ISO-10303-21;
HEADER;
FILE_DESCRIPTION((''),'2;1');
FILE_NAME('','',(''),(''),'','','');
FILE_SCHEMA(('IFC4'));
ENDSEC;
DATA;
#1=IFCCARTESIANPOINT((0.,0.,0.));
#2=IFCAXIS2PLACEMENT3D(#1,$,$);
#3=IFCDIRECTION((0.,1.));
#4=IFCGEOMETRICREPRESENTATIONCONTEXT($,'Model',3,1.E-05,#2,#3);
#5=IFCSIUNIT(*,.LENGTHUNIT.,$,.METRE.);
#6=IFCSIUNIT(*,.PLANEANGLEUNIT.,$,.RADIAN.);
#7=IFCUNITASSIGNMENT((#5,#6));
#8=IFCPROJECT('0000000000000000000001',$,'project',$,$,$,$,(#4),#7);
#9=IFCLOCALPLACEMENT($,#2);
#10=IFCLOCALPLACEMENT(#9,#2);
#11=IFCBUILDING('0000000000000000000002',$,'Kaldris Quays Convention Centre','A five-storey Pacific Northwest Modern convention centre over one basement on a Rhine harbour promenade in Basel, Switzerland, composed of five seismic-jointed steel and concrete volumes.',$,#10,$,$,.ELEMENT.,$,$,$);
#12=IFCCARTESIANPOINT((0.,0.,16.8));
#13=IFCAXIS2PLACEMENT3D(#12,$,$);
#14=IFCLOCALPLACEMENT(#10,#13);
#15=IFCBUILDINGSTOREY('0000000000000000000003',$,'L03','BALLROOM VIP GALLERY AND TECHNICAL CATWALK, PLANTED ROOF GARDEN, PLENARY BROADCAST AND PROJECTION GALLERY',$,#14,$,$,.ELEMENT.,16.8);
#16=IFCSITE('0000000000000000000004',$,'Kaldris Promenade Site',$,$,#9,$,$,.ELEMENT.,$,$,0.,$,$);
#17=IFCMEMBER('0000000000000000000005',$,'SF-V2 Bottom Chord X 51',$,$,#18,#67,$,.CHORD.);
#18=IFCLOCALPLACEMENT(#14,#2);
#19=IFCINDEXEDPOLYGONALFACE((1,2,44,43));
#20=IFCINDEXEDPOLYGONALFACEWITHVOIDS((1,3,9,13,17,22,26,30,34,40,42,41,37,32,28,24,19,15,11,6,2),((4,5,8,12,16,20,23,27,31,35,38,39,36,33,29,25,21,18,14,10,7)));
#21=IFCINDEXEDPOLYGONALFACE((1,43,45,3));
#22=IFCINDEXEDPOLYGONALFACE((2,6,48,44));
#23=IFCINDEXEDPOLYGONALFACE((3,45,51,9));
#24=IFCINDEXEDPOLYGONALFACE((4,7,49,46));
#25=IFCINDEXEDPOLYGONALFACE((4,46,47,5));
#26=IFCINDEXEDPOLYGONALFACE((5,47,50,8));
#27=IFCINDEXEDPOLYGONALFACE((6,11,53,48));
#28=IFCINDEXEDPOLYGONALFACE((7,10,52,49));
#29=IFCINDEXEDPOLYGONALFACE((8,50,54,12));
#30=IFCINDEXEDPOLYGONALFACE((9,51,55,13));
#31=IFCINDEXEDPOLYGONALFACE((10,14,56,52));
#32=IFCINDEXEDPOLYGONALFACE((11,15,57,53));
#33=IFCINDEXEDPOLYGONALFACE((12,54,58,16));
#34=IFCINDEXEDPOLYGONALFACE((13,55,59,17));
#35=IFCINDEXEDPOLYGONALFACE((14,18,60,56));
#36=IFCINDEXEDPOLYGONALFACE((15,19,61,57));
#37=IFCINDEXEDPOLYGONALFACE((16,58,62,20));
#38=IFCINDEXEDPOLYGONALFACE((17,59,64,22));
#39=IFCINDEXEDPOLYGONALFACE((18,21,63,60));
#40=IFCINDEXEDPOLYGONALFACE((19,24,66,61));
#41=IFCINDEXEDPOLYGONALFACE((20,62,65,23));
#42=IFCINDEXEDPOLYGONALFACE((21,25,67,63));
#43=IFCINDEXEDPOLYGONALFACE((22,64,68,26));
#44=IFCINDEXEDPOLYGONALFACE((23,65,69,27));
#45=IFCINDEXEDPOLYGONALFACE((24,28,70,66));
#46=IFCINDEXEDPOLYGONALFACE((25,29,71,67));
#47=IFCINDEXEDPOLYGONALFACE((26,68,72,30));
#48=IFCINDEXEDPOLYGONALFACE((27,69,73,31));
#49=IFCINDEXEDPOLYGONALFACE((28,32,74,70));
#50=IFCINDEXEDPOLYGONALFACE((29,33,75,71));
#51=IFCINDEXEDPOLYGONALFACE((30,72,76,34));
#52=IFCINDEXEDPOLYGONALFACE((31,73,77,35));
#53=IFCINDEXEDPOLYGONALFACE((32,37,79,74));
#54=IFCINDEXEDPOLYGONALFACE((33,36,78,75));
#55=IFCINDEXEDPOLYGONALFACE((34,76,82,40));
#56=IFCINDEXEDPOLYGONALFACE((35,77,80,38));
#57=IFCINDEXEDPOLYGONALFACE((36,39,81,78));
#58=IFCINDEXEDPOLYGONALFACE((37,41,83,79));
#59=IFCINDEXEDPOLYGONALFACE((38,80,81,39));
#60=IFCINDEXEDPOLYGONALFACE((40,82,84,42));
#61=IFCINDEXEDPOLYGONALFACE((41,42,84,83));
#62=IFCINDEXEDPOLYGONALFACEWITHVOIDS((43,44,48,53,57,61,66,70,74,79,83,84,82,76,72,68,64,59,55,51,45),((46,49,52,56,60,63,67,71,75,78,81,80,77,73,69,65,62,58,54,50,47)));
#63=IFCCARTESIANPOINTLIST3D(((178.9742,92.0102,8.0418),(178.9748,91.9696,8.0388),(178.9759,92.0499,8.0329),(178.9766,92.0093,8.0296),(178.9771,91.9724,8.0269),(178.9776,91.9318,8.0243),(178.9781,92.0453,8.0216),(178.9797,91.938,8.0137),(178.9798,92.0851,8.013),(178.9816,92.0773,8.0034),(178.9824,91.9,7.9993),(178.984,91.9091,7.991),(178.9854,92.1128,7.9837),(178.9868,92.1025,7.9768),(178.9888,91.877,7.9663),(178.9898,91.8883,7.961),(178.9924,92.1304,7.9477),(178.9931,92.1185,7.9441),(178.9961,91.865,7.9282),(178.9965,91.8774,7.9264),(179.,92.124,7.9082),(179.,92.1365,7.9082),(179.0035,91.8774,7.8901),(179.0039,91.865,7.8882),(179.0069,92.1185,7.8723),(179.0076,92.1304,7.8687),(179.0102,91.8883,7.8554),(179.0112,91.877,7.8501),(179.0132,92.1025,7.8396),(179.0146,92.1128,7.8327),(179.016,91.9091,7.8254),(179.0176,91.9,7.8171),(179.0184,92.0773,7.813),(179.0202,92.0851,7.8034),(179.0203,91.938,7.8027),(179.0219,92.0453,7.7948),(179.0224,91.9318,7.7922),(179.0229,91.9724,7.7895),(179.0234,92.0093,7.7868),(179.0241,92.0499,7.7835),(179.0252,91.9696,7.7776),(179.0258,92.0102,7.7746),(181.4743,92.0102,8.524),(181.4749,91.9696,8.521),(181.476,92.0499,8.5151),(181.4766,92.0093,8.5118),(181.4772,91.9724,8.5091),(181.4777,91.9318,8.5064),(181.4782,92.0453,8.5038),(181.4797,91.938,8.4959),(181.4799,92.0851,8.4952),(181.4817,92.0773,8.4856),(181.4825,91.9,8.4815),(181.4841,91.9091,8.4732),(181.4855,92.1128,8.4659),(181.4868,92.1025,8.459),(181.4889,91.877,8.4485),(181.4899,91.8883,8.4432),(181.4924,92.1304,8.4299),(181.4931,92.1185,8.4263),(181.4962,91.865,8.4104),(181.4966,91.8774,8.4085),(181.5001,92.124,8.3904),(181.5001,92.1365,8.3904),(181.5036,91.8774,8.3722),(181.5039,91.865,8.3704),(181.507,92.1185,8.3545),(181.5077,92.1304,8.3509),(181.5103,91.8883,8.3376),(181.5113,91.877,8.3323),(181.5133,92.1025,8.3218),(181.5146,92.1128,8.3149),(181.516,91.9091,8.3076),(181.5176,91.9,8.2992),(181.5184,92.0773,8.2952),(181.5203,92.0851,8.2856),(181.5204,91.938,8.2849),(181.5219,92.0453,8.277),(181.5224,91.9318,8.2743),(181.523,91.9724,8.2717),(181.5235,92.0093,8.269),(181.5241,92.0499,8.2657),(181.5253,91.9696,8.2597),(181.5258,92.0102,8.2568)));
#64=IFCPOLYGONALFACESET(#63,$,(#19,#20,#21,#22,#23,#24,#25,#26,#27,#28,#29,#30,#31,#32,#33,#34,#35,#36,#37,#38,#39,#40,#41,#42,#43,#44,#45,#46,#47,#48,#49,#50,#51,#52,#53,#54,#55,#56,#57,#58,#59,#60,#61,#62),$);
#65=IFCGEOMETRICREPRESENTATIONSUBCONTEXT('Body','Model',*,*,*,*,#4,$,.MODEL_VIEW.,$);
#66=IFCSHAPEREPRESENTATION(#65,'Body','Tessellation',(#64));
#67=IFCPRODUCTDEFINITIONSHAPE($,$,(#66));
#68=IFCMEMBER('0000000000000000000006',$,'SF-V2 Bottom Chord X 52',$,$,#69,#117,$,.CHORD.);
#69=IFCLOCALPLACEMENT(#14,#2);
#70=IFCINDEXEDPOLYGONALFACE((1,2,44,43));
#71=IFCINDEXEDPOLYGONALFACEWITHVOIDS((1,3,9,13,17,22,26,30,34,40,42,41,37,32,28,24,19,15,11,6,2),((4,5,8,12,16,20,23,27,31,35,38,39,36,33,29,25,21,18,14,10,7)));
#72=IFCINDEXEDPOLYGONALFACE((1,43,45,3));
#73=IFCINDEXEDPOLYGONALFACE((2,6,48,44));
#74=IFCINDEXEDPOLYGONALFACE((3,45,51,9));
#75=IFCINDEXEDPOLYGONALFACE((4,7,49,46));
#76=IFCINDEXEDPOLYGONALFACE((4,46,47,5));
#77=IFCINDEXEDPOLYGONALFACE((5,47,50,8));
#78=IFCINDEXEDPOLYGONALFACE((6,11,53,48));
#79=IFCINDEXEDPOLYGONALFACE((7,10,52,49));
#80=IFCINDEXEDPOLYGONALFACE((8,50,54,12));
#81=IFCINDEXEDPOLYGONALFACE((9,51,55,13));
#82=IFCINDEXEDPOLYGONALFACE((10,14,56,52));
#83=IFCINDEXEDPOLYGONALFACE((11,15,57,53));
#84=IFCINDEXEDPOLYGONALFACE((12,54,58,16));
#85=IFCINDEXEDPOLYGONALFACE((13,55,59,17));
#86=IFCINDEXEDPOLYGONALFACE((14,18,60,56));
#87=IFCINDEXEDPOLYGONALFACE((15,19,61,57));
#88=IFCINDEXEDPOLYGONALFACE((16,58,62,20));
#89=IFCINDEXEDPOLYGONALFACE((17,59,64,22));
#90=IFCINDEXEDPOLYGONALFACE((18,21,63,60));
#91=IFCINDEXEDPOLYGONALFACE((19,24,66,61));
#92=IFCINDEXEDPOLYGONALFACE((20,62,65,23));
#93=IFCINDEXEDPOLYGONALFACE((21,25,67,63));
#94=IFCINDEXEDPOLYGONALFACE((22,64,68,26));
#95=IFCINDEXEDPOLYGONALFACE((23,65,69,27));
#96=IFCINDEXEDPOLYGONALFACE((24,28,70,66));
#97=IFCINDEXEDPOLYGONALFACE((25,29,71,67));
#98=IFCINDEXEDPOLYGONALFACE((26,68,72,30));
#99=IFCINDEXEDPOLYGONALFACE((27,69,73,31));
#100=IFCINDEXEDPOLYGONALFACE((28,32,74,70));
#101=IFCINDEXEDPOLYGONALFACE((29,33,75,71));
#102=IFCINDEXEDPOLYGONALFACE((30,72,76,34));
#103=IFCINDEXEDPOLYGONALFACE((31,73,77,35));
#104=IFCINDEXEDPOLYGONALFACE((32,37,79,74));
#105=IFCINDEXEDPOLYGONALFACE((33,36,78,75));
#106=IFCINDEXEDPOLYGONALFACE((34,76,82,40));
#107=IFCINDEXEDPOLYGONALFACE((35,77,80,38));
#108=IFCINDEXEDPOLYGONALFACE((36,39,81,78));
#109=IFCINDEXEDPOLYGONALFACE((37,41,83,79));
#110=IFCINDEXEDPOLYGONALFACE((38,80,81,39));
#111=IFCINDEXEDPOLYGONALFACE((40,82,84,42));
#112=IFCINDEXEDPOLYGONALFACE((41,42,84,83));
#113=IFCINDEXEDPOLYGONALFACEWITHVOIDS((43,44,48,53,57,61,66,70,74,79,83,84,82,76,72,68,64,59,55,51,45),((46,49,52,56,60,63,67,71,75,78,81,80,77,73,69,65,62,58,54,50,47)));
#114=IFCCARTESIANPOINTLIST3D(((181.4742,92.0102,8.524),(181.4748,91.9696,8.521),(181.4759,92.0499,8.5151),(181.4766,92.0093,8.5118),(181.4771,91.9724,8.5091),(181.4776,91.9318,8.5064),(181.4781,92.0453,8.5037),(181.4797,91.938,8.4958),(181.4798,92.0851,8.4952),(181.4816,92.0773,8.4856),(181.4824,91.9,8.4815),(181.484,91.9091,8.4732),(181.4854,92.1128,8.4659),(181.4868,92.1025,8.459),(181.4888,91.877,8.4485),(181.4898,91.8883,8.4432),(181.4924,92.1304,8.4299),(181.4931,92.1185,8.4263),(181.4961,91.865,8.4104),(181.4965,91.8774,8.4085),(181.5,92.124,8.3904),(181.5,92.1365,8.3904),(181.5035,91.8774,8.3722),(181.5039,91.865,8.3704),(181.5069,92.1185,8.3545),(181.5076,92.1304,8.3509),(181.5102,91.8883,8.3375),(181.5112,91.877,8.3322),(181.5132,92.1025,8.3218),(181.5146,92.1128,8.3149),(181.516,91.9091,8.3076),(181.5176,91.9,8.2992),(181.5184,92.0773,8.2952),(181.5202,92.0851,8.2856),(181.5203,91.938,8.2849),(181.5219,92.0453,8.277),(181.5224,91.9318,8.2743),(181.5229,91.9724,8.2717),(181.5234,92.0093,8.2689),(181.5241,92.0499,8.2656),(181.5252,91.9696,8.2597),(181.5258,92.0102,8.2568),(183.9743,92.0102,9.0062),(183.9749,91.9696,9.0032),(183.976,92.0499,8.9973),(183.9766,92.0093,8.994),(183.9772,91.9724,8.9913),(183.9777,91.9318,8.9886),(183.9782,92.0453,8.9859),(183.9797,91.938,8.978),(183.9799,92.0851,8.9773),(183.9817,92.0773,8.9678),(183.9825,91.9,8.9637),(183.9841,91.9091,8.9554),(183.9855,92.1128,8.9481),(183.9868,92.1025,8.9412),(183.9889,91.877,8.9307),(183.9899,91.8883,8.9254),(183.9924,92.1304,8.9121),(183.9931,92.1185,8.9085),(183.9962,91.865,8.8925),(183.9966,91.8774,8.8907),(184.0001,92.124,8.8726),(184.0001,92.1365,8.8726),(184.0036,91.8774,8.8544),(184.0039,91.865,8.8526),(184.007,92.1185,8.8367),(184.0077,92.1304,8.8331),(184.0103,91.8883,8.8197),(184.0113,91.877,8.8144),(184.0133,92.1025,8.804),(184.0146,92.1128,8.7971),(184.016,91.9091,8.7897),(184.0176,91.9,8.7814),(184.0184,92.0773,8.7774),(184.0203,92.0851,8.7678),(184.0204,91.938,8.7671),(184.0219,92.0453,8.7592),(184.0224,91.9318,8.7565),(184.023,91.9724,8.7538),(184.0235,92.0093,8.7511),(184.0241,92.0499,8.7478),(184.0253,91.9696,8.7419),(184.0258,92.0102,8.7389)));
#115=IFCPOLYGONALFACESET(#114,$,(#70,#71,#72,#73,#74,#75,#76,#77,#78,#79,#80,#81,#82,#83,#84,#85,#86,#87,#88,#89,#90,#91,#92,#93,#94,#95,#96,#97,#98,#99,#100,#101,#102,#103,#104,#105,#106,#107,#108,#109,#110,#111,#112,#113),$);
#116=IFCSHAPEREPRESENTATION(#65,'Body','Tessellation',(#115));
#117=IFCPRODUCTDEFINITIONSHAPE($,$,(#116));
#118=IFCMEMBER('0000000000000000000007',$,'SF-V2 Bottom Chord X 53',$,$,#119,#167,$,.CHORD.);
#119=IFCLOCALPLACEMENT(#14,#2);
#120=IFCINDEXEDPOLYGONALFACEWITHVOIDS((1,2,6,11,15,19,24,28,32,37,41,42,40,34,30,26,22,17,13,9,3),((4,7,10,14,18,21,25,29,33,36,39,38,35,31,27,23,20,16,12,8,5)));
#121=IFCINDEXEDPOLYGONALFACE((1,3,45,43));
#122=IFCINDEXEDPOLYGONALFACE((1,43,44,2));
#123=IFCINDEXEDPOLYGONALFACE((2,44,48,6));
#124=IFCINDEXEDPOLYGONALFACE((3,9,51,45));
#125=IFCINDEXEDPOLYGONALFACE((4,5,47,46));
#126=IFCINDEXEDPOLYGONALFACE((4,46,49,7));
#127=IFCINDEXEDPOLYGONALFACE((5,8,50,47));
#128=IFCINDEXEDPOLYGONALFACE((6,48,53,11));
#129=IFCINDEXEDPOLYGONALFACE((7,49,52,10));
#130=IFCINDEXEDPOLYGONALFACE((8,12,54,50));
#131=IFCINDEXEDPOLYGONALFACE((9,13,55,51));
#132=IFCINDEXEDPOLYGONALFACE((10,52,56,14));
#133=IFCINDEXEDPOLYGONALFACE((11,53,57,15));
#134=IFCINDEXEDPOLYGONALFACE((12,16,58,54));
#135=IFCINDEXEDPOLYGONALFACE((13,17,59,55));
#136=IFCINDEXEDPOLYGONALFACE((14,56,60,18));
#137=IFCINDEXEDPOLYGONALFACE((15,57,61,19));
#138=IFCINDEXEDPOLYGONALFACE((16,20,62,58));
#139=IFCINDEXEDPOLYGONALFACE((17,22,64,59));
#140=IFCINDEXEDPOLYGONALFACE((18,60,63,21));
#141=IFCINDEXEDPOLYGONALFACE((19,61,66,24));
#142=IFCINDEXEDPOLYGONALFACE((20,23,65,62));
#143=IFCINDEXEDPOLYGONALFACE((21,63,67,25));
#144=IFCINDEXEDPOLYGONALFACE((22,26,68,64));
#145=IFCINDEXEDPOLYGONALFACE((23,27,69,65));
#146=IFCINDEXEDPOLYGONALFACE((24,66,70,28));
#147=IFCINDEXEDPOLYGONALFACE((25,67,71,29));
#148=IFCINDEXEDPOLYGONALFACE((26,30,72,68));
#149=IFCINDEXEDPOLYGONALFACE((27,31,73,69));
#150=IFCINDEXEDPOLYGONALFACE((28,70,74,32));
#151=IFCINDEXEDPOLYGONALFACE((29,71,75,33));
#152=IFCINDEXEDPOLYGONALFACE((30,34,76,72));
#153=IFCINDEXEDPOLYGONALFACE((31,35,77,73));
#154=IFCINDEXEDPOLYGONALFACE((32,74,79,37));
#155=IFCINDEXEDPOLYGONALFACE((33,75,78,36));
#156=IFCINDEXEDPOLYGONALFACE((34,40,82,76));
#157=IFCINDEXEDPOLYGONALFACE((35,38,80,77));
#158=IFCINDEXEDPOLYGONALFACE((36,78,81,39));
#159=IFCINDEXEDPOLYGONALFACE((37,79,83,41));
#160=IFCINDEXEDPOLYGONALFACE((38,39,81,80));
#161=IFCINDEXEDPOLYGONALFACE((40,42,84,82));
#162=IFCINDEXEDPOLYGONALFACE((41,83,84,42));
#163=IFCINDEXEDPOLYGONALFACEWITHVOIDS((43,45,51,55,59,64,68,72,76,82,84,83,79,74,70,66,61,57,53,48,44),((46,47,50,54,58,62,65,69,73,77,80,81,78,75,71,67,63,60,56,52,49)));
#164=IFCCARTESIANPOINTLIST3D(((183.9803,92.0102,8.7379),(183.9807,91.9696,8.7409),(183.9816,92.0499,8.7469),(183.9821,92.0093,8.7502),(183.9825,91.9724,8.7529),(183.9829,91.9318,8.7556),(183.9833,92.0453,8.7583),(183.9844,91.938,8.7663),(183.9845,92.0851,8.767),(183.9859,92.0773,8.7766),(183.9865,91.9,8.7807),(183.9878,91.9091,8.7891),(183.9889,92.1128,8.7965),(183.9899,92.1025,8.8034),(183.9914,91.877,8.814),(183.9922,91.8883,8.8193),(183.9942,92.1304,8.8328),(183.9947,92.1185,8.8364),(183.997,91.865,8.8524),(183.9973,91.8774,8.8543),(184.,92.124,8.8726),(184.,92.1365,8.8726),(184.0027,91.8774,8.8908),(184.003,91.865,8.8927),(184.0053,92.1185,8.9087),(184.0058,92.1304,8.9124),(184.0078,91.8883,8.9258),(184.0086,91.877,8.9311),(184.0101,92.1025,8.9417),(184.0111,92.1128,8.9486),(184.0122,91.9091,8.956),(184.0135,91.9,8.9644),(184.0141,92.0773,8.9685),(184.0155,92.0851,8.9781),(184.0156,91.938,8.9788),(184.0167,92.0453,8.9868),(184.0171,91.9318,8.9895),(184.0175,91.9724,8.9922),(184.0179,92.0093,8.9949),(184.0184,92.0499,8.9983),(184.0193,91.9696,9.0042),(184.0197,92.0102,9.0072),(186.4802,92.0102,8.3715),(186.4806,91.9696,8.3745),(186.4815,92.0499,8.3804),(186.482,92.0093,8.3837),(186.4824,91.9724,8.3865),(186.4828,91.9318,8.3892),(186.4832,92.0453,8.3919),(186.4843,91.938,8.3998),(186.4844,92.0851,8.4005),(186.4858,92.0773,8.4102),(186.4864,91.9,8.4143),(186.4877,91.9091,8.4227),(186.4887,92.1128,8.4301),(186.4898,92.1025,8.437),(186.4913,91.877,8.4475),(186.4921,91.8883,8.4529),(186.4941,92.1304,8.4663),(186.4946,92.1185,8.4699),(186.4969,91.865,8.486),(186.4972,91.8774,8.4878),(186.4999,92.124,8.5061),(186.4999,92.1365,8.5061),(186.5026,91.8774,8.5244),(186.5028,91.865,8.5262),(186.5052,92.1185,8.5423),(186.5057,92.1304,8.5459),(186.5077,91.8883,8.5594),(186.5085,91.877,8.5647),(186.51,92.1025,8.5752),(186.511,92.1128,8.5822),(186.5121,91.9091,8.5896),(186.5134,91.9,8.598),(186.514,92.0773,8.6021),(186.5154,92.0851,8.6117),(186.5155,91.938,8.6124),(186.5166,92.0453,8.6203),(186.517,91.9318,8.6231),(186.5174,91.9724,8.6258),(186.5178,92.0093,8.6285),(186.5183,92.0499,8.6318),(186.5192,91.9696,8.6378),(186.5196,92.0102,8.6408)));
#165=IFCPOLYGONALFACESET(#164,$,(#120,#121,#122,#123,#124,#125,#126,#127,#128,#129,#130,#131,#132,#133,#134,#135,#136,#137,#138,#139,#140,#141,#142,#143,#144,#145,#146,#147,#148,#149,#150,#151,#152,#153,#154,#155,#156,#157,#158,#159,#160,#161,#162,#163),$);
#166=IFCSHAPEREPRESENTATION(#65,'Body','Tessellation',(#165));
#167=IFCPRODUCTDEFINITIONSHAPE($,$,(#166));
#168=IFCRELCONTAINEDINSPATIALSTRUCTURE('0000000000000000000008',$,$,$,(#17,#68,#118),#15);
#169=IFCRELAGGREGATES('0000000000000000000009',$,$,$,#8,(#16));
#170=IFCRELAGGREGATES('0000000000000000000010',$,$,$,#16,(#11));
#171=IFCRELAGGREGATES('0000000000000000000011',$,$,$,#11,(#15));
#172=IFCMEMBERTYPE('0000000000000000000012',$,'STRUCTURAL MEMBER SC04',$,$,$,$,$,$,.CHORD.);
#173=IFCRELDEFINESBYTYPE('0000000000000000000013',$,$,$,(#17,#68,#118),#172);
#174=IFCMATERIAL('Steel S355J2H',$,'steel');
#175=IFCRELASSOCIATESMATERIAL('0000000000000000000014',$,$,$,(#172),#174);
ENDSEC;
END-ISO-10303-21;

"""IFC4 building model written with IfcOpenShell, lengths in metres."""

from ifc_helpers import new_model, si_unit, direction, frame, origin, origin_2d, place, context, subcontext, project, spatial, hollow_circle, extrude, material, material_profile, profile_set, type_object, element, save


model = new_model("IFC4")

# Units and contexts
model_context = context("Model", 3, precision=1e-05, world=origin(), true_north=direction((0.0, 1.0)))
body_context = subcontext(model_context, "Body", "Model", "MODEL_VIEW")
ifc_project = project(units=[si_unit("LENGTHUNIT", "METRE"), si_unit("PLANEANGLEUNIT", "RADIAN")], contexts=[model_context])

# Site, building, storey
site_placement = place(None, origin())
site = spatial("IfcSite", under=ifc_project, at=site_placement, Name="Kaldris Promenade Site", CompositionType="ELEMENT", RefElevation=0.0)
building_placement = place(site_placement, origin())
building = spatial("IfcBuilding", under=site, at=building_placement, Name="Kaldris Quays Convention Centre", Description="A five-storey Pacific Northwest Modern convention centre over one basement on a Rhine harbour promenade in Basel, Switzerland, composed of five seismic-jointed steel and concrete volumes.", CompositionType="ELEMENT")
storey_placement = place(building_placement, frame((0.0, 0.0, 16.8)))
storey = spatial("IfcBuildingStorey", under=building, at=storey_placement, Name="L03", Description="BALLROOM VIP GALLERY AND TECHNICAL CATWALK, PLANTED ROOF GARDEN, PLENARY BROADCAST AND PROJECTION GALLERY", CompositionType="ELEMENT", Elevation=16.8)

# Members
ifc_material_1 = material(Name="Steel S355J2H", Category="steel")
ifc_material_profile_1 = material_profile(ifc_material_1, hollow_circle(Radius=0.1365, WallThickness=0.0125, at=origin_2d()), Name="CHS 273x12.5")
ifc_profile_set_1 = profile_set([ifc_material_profile_1], Name="Steel S355J2H")
member_type_1 = type_object("IfcMemberType", Name="STRUCTURAL MEMBER SC04", PredefinedType="CHORD", material=ifc_profile_set_1)
for number, where, z_axis, x_axis, name in (
    (1, (179.0, 92.0, 7.9082), (0.981904, 0.0, 0.189381), (0.0, 1.0, 0.0), "SF-V2 Bottom Chord X 51"),
    (2, (181.5, 92.0, 8.3904), (0.981904, 0.0, 0.189381), (0.0, 1.0, 0.0), "SF-V2 Bottom Chord X 52"),
):
    element("IfcMember", number, at=place(storey_placement, frame(where, z_axis=z_axis, x_axis=x_axis)), inside=storey, type_object=member_type_1, Name=name, PredefinedType="CHORD", context=body_context, shape_type="SweptSolid", body=[
        extrude(hollow_circle(Radius=0.1365, WallThickness=0.0125, at=origin_2d()), origin(), (0.0, 0.0, 1.0), 2.5461),
    ])
member_1_placement = place(storey_placement, frame((184.0, 92.0, 8.8726), z_axis=(0.989427, 0.0, -0.145032), x_axis=(0.0, 1.0, 0.0)))
element("IfcMember", 3, at=member_1_placement, inside=storey, type_object=member_type_1, Name="SF-V2 Bottom Chord X 53", PredefinedType="CHORD", context=body_context, shape_type="SweptSolid", body=[
    extrude(hollow_circle(Radius=0.1365, WallThickness=0.0125, at=origin_2d()), origin(), (0.0, 0.0, 1.0), 2.5266),
])

save(model, "model.ifc")
